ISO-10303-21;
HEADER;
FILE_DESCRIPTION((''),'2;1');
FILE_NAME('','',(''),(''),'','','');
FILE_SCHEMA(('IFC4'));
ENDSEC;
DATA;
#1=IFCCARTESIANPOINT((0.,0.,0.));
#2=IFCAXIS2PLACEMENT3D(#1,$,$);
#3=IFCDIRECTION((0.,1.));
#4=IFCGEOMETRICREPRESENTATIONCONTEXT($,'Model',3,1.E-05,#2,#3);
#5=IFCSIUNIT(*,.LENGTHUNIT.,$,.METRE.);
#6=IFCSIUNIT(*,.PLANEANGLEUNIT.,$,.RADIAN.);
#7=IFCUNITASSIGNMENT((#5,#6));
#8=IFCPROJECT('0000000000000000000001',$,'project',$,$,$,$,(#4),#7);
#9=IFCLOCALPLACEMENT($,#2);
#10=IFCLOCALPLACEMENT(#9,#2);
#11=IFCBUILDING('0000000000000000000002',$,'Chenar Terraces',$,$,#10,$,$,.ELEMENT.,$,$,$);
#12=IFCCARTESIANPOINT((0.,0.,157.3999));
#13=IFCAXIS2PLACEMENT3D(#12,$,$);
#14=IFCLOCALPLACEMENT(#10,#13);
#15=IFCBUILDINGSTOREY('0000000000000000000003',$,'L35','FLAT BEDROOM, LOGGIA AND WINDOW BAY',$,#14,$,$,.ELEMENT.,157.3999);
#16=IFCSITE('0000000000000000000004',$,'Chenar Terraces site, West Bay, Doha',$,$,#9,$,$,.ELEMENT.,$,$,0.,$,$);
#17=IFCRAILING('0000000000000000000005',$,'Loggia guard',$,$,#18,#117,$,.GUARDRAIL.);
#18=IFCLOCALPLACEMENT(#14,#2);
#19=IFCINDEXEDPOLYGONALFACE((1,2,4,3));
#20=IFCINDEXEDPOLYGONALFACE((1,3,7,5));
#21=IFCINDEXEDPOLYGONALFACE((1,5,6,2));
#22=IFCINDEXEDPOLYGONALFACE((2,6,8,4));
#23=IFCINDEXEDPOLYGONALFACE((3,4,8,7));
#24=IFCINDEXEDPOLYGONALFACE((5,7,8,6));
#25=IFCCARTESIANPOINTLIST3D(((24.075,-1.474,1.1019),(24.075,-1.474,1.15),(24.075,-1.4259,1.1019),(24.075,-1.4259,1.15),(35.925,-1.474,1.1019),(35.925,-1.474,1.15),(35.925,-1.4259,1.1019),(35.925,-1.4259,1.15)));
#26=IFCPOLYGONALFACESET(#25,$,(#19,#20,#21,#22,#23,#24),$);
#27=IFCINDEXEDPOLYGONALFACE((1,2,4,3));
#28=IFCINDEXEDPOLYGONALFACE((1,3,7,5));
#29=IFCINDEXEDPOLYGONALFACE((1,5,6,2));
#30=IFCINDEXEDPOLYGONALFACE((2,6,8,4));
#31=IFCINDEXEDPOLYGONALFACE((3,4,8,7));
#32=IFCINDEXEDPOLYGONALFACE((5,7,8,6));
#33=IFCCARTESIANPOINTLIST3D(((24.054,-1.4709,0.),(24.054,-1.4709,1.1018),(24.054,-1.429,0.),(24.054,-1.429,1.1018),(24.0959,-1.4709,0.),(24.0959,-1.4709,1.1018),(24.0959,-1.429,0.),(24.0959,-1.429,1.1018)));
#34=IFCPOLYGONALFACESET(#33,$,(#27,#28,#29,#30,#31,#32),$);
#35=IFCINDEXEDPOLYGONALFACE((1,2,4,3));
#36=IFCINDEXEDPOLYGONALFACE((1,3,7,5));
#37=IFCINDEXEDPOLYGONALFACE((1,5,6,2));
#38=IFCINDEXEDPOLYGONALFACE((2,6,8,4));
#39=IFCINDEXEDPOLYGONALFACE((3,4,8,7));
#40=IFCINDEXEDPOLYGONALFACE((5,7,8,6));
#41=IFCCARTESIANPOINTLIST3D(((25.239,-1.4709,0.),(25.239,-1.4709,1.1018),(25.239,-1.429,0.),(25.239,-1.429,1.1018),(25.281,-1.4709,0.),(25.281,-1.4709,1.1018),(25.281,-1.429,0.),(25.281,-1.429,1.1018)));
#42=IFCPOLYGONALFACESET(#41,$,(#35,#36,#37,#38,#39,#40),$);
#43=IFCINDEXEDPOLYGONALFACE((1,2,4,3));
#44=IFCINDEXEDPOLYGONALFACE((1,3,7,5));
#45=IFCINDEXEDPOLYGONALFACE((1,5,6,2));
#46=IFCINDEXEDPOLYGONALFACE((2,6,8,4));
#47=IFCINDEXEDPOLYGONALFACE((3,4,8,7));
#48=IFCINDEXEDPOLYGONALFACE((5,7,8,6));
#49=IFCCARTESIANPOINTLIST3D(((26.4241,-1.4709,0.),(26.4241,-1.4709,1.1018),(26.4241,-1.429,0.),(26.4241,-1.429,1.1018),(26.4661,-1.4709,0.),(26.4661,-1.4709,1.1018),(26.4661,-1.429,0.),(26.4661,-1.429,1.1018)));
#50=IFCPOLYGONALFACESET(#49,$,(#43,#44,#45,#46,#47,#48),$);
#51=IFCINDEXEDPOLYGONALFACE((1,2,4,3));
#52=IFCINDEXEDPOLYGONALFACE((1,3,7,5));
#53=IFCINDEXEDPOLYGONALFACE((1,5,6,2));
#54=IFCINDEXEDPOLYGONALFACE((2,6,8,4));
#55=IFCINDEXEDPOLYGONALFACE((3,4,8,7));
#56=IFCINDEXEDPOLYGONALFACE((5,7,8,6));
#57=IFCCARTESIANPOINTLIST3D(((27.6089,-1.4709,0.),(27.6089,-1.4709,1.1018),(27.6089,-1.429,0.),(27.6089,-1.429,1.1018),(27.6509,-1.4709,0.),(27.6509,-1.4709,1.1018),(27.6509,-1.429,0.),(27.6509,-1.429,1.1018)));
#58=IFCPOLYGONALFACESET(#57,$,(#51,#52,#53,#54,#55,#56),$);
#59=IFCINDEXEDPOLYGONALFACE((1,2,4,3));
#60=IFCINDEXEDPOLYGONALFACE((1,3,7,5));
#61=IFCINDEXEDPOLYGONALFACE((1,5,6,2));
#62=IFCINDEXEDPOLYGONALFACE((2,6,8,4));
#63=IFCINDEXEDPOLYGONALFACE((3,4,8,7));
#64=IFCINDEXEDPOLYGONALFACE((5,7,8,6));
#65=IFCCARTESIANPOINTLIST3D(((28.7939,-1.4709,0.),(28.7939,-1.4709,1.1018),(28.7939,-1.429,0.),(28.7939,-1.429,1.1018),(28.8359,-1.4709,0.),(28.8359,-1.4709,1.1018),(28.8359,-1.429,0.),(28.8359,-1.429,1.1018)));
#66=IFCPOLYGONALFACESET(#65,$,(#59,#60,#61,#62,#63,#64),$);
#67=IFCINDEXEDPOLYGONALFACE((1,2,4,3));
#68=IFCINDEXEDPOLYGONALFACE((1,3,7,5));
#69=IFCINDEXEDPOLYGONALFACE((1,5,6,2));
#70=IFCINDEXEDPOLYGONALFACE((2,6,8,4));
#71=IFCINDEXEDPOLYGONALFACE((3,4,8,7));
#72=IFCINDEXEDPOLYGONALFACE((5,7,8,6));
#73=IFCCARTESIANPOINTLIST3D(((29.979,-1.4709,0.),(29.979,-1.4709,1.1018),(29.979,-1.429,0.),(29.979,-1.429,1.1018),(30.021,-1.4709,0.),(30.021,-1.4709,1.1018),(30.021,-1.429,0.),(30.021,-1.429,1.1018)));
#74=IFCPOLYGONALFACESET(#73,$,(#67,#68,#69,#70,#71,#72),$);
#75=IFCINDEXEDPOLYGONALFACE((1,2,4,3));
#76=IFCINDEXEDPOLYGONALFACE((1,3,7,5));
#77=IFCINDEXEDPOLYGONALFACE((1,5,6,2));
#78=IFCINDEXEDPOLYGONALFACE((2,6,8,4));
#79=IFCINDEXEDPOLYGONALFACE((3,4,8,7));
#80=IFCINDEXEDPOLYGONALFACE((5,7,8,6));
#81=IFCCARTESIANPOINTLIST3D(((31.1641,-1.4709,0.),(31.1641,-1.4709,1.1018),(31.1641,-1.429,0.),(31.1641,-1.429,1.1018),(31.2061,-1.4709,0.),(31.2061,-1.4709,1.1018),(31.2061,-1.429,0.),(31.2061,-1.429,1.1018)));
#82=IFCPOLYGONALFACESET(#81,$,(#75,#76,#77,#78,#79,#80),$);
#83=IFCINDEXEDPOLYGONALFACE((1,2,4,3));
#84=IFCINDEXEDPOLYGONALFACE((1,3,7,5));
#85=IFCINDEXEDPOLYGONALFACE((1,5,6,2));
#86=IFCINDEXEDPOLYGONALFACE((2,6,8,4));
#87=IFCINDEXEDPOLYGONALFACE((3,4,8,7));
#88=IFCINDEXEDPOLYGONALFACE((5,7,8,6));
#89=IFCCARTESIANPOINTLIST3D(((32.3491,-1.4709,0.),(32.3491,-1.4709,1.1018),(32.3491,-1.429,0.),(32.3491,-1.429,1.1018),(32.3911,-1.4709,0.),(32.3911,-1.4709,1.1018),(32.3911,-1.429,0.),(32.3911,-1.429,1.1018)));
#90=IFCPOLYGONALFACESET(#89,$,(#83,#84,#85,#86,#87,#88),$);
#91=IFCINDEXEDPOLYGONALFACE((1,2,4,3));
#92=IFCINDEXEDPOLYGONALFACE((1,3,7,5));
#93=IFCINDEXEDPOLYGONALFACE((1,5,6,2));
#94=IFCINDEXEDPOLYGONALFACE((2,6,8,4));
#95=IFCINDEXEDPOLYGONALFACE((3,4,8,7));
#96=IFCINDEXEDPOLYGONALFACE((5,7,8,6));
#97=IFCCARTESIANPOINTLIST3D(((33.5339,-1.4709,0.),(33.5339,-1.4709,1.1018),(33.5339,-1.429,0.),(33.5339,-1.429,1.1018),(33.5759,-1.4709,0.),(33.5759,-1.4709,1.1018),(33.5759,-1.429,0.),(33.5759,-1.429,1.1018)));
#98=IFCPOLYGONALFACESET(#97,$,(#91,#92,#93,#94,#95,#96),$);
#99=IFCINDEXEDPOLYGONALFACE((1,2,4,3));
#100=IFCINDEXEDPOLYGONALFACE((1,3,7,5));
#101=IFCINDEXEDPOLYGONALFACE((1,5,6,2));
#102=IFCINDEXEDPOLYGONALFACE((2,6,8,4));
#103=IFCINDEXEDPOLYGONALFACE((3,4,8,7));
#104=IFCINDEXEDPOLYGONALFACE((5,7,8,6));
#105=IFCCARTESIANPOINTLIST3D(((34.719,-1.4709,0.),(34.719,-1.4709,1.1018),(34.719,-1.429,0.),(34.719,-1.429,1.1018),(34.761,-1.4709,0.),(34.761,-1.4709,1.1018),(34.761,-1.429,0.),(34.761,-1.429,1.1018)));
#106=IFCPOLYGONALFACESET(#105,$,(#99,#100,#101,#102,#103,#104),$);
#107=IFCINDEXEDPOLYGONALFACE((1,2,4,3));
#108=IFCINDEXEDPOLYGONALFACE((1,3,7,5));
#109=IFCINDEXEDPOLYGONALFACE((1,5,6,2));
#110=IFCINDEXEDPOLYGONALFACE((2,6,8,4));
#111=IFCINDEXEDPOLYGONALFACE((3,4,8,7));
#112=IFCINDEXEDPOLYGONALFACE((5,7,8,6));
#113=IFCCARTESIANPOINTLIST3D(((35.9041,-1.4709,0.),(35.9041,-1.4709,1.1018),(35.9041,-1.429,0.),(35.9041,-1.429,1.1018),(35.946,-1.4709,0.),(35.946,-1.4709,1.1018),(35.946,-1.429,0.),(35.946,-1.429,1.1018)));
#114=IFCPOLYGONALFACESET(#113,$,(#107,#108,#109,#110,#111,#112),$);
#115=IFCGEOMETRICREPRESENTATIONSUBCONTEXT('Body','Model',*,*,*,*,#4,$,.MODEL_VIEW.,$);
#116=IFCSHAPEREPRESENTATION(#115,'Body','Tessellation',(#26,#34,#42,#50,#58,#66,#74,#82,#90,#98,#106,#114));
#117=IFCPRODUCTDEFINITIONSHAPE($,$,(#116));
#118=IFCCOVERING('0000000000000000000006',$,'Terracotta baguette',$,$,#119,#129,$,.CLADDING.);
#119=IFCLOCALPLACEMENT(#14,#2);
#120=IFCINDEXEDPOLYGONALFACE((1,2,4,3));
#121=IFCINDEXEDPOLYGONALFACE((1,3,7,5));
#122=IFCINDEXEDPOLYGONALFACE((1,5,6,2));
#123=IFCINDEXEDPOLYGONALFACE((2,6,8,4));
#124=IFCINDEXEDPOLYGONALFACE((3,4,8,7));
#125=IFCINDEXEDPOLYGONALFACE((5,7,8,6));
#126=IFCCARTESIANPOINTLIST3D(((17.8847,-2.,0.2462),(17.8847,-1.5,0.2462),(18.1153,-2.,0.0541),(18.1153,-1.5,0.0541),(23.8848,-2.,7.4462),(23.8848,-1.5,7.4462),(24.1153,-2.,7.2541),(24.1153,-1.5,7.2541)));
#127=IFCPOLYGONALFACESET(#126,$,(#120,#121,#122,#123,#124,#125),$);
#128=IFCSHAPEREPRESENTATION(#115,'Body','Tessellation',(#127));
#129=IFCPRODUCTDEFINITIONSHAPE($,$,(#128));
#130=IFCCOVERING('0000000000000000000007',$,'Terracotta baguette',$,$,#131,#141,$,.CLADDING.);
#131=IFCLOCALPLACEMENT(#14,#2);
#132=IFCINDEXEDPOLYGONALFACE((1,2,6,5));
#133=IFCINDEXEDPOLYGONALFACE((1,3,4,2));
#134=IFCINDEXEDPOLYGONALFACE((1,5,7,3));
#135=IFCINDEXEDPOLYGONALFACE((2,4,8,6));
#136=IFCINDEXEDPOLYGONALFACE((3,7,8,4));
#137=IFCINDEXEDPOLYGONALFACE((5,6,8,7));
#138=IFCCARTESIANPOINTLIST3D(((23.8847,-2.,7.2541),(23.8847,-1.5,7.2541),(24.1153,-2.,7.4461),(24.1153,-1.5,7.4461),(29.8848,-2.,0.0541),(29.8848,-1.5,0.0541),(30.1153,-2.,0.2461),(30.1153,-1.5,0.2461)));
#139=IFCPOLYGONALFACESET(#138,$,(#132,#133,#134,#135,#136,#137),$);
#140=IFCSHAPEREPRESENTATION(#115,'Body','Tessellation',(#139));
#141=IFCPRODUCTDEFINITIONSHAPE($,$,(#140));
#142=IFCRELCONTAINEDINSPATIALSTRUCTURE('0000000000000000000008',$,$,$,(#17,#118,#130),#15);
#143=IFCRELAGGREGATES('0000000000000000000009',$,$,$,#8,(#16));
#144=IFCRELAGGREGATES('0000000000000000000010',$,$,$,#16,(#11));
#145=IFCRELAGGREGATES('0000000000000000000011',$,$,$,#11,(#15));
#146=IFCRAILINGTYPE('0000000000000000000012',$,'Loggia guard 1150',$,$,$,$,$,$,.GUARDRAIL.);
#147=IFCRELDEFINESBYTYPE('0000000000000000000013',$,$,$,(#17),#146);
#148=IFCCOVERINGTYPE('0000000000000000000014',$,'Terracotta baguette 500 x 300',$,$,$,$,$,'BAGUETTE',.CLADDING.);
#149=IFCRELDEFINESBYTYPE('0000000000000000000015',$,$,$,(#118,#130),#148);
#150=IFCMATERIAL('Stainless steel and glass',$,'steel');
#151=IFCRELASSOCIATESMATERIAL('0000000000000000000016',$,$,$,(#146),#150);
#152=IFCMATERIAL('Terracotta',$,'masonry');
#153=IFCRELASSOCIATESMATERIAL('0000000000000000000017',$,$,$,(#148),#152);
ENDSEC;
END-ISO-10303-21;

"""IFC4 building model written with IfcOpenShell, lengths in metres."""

from ifc_helpers import new_model, si_unit, direction, frame, origin, origin_2d, place, context, subcontext, project, spatial, rectangle, extrude, material, material_profile, profile_set, type_object, element, save


model = new_model("IFC4")

# Units and contexts
model_context = context("Model", 3, precision=1e-05, world=origin(), true_north=direction((0.0, 1.0)))
body_context = subcontext(model_context, "Body", "Model", "MODEL_VIEW")
ifc_project = project(units=[si_unit("LENGTHUNIT", "METRE"), si_unit("PLANEANGLEUNIT", "RADIAN")], contexts=[model_context])

# Site, building, storey
site_placement = place(None, origin())
site = spatial("IfcSite", under=ifc_project, at=site_placement, Name="Chenar Terraces site, West Bay, Doha", CompositionType="ELEMENT", RefElevation=0.0)
building_placement = place(site_placement, origin())
building = spatial("IfcBuilding", under=site, at=building_placement, Name="Chenar Terraces", CompositionType="ELEMENT")
storey_placement = place(building_placement, frame((0.0, 0.0, 157.3999)))
storey = spatial("IfcBuildingStorey", under=building, at=storey_placement, Name="L35", Description="FLAT BEDROOM, LOGGIA AND WINDOW BAY", CompositionType="ELEMENT", Elevation=157.3999)

# Railing
ifc_material_1 = material(Name="Stainless steel and glass", Category="steel")
railing_type = type_object("IfcRailingType", Name="Loggia guard 1150", PredefinedType="GUARDRAIL", material=ifc_material_1)
railing_placement = place(storey_placement, frame((24.075, -1.45, 0.0)))
element("IfcRailing", 1, at=railing_placement, inside=storey, type_object=railing_type, Name="Loggia guard", PredefinedType="GUARDRAIL", context=body_context, shape_type="SweptSolid", body=[
    extrude(rectangle(XDim=0.0481, YDim=0.0481, at=origin_2d()), frame((0.0, 0.0, 1.126), z_axis=(1.0, 0.0, 0.0), x_axis=(0.0, 1.0, 0.0)), (0.0, 0.0, 1.0), 11.8501),
    extrude(rectangle(XDim=0.042, YDim=0.042, at=origin_2d()), origin(), (0.0, 0.0, 1.0), 1.1018),
    extrude(rectangle(XDim=0.042, YDim=0.042, at=origin_2d()), frame((1.1851, 0.0, 0.0)), (0.0, 0.0, 1.0), 1.1018),
    extrude(rectangle(XDim=0.042, YDim=0.042, at=origin_2d()), frame((2.3701, 0.0, 0.0)), (0.0, 0.0, 1.0), 1.1018),
    extrude(rectangle(XDim=0.042, YDim=0.042, at=origin_2d()), frame((3.5549, 0.0, 0.0)), (0.0, 0.0, 1.0), 1.1018),
    extrude(rectangle(XDim=0.042, YDim=0.042, at=origin_2d()), frame((4.74, 0.0, 0.0)), (0.0, 0.0, 1.0), 1.1018),
    extrude(rectangle(XDim=0.042, YDim=0.042, at=origin_2d()), frame((5.925, 0.0, 0.0)), (0.0, 0.0, 1.0), 1.1018),
    extrude(rectangle(XDim=0.042, YDim=0.042, at=origin_2d()), frame((7.1101, 0.0, 0.0)), (0.0, 0.0, 1.0), 1.1018),
    extrude(rectangle(XDim=0.042, YDim=0.042, at=origin_2d()), frame((8.2952, 0.0, 0.0)), (0.0, 0.0, 1.0), 1.1018),
    extrude(rectangle(XDim=0.042, YDim=0.042, at=origin_2d()), frame((9.48, 0.0, 0.0)), (0.0, 0.0, 1.0), 1.1018),
    extrude(rectangle(XDim=0.042, YDim=0.042, at=origin_2d()), frame((10.665, 0.0, 0.0)), (0.0, 0.0, 1.0), 1.1018),
    extrude(rectangle(XDim=0.042, YDim=0.042, at=origin_2d()), frame((11.8501, 0.0, 0.0)), (0.0, 0.0, 1.0), 1.1018),
])

# Coverings
ifc_material_2 = material(Name="Terracotta", Category="masonry")
ifc_material_profile_1 = material_profile(ifc_material_2, rectangle(XDim=0.5, YDim=0.3, at=origin_2d()), Name="Terracotta baguette 500 x 300")
ifc_profile_set_1 = profile_set([ifc_material_profile_1], Name="Terracotta")
covering_type = type_object("IfcCoveringType", Name="Terracotta baguette 500 x 300", ElementType="BAGUETTE", PredefinedType="CLADDING", material=ifc_profile_set_1)
for number, where, z_axis, x_axis, name in (
    (2, (18.0, -1.75, 0.1501), (0.640187, 0.0, 0.768219), (0.0, 1.0, 0.0), "Terracotta baguette"),
    (3, (24.0, -1.75, 7.3501), (0.640187, 0.0, -0.768219), (0.0, 1.0, 0.0), "Terracotta baguette"),
):
    element("IfcCovering", number, at=place(storey_placement, frame(where, z_axis=z_axis, x_axis=x_axis)), inside=storey, type_object=covering_type, Name=name, PredefinedType="CLADDING", context=body_context, shape_type="SweptSolid", body=[
        extrude(rectangle(XDim=0.5, YDim=0.3, at=origin_2d()), origin(), (0.0, 0.0, 1.0), 9.3723),
    ])

save(model, "model.ifc")
